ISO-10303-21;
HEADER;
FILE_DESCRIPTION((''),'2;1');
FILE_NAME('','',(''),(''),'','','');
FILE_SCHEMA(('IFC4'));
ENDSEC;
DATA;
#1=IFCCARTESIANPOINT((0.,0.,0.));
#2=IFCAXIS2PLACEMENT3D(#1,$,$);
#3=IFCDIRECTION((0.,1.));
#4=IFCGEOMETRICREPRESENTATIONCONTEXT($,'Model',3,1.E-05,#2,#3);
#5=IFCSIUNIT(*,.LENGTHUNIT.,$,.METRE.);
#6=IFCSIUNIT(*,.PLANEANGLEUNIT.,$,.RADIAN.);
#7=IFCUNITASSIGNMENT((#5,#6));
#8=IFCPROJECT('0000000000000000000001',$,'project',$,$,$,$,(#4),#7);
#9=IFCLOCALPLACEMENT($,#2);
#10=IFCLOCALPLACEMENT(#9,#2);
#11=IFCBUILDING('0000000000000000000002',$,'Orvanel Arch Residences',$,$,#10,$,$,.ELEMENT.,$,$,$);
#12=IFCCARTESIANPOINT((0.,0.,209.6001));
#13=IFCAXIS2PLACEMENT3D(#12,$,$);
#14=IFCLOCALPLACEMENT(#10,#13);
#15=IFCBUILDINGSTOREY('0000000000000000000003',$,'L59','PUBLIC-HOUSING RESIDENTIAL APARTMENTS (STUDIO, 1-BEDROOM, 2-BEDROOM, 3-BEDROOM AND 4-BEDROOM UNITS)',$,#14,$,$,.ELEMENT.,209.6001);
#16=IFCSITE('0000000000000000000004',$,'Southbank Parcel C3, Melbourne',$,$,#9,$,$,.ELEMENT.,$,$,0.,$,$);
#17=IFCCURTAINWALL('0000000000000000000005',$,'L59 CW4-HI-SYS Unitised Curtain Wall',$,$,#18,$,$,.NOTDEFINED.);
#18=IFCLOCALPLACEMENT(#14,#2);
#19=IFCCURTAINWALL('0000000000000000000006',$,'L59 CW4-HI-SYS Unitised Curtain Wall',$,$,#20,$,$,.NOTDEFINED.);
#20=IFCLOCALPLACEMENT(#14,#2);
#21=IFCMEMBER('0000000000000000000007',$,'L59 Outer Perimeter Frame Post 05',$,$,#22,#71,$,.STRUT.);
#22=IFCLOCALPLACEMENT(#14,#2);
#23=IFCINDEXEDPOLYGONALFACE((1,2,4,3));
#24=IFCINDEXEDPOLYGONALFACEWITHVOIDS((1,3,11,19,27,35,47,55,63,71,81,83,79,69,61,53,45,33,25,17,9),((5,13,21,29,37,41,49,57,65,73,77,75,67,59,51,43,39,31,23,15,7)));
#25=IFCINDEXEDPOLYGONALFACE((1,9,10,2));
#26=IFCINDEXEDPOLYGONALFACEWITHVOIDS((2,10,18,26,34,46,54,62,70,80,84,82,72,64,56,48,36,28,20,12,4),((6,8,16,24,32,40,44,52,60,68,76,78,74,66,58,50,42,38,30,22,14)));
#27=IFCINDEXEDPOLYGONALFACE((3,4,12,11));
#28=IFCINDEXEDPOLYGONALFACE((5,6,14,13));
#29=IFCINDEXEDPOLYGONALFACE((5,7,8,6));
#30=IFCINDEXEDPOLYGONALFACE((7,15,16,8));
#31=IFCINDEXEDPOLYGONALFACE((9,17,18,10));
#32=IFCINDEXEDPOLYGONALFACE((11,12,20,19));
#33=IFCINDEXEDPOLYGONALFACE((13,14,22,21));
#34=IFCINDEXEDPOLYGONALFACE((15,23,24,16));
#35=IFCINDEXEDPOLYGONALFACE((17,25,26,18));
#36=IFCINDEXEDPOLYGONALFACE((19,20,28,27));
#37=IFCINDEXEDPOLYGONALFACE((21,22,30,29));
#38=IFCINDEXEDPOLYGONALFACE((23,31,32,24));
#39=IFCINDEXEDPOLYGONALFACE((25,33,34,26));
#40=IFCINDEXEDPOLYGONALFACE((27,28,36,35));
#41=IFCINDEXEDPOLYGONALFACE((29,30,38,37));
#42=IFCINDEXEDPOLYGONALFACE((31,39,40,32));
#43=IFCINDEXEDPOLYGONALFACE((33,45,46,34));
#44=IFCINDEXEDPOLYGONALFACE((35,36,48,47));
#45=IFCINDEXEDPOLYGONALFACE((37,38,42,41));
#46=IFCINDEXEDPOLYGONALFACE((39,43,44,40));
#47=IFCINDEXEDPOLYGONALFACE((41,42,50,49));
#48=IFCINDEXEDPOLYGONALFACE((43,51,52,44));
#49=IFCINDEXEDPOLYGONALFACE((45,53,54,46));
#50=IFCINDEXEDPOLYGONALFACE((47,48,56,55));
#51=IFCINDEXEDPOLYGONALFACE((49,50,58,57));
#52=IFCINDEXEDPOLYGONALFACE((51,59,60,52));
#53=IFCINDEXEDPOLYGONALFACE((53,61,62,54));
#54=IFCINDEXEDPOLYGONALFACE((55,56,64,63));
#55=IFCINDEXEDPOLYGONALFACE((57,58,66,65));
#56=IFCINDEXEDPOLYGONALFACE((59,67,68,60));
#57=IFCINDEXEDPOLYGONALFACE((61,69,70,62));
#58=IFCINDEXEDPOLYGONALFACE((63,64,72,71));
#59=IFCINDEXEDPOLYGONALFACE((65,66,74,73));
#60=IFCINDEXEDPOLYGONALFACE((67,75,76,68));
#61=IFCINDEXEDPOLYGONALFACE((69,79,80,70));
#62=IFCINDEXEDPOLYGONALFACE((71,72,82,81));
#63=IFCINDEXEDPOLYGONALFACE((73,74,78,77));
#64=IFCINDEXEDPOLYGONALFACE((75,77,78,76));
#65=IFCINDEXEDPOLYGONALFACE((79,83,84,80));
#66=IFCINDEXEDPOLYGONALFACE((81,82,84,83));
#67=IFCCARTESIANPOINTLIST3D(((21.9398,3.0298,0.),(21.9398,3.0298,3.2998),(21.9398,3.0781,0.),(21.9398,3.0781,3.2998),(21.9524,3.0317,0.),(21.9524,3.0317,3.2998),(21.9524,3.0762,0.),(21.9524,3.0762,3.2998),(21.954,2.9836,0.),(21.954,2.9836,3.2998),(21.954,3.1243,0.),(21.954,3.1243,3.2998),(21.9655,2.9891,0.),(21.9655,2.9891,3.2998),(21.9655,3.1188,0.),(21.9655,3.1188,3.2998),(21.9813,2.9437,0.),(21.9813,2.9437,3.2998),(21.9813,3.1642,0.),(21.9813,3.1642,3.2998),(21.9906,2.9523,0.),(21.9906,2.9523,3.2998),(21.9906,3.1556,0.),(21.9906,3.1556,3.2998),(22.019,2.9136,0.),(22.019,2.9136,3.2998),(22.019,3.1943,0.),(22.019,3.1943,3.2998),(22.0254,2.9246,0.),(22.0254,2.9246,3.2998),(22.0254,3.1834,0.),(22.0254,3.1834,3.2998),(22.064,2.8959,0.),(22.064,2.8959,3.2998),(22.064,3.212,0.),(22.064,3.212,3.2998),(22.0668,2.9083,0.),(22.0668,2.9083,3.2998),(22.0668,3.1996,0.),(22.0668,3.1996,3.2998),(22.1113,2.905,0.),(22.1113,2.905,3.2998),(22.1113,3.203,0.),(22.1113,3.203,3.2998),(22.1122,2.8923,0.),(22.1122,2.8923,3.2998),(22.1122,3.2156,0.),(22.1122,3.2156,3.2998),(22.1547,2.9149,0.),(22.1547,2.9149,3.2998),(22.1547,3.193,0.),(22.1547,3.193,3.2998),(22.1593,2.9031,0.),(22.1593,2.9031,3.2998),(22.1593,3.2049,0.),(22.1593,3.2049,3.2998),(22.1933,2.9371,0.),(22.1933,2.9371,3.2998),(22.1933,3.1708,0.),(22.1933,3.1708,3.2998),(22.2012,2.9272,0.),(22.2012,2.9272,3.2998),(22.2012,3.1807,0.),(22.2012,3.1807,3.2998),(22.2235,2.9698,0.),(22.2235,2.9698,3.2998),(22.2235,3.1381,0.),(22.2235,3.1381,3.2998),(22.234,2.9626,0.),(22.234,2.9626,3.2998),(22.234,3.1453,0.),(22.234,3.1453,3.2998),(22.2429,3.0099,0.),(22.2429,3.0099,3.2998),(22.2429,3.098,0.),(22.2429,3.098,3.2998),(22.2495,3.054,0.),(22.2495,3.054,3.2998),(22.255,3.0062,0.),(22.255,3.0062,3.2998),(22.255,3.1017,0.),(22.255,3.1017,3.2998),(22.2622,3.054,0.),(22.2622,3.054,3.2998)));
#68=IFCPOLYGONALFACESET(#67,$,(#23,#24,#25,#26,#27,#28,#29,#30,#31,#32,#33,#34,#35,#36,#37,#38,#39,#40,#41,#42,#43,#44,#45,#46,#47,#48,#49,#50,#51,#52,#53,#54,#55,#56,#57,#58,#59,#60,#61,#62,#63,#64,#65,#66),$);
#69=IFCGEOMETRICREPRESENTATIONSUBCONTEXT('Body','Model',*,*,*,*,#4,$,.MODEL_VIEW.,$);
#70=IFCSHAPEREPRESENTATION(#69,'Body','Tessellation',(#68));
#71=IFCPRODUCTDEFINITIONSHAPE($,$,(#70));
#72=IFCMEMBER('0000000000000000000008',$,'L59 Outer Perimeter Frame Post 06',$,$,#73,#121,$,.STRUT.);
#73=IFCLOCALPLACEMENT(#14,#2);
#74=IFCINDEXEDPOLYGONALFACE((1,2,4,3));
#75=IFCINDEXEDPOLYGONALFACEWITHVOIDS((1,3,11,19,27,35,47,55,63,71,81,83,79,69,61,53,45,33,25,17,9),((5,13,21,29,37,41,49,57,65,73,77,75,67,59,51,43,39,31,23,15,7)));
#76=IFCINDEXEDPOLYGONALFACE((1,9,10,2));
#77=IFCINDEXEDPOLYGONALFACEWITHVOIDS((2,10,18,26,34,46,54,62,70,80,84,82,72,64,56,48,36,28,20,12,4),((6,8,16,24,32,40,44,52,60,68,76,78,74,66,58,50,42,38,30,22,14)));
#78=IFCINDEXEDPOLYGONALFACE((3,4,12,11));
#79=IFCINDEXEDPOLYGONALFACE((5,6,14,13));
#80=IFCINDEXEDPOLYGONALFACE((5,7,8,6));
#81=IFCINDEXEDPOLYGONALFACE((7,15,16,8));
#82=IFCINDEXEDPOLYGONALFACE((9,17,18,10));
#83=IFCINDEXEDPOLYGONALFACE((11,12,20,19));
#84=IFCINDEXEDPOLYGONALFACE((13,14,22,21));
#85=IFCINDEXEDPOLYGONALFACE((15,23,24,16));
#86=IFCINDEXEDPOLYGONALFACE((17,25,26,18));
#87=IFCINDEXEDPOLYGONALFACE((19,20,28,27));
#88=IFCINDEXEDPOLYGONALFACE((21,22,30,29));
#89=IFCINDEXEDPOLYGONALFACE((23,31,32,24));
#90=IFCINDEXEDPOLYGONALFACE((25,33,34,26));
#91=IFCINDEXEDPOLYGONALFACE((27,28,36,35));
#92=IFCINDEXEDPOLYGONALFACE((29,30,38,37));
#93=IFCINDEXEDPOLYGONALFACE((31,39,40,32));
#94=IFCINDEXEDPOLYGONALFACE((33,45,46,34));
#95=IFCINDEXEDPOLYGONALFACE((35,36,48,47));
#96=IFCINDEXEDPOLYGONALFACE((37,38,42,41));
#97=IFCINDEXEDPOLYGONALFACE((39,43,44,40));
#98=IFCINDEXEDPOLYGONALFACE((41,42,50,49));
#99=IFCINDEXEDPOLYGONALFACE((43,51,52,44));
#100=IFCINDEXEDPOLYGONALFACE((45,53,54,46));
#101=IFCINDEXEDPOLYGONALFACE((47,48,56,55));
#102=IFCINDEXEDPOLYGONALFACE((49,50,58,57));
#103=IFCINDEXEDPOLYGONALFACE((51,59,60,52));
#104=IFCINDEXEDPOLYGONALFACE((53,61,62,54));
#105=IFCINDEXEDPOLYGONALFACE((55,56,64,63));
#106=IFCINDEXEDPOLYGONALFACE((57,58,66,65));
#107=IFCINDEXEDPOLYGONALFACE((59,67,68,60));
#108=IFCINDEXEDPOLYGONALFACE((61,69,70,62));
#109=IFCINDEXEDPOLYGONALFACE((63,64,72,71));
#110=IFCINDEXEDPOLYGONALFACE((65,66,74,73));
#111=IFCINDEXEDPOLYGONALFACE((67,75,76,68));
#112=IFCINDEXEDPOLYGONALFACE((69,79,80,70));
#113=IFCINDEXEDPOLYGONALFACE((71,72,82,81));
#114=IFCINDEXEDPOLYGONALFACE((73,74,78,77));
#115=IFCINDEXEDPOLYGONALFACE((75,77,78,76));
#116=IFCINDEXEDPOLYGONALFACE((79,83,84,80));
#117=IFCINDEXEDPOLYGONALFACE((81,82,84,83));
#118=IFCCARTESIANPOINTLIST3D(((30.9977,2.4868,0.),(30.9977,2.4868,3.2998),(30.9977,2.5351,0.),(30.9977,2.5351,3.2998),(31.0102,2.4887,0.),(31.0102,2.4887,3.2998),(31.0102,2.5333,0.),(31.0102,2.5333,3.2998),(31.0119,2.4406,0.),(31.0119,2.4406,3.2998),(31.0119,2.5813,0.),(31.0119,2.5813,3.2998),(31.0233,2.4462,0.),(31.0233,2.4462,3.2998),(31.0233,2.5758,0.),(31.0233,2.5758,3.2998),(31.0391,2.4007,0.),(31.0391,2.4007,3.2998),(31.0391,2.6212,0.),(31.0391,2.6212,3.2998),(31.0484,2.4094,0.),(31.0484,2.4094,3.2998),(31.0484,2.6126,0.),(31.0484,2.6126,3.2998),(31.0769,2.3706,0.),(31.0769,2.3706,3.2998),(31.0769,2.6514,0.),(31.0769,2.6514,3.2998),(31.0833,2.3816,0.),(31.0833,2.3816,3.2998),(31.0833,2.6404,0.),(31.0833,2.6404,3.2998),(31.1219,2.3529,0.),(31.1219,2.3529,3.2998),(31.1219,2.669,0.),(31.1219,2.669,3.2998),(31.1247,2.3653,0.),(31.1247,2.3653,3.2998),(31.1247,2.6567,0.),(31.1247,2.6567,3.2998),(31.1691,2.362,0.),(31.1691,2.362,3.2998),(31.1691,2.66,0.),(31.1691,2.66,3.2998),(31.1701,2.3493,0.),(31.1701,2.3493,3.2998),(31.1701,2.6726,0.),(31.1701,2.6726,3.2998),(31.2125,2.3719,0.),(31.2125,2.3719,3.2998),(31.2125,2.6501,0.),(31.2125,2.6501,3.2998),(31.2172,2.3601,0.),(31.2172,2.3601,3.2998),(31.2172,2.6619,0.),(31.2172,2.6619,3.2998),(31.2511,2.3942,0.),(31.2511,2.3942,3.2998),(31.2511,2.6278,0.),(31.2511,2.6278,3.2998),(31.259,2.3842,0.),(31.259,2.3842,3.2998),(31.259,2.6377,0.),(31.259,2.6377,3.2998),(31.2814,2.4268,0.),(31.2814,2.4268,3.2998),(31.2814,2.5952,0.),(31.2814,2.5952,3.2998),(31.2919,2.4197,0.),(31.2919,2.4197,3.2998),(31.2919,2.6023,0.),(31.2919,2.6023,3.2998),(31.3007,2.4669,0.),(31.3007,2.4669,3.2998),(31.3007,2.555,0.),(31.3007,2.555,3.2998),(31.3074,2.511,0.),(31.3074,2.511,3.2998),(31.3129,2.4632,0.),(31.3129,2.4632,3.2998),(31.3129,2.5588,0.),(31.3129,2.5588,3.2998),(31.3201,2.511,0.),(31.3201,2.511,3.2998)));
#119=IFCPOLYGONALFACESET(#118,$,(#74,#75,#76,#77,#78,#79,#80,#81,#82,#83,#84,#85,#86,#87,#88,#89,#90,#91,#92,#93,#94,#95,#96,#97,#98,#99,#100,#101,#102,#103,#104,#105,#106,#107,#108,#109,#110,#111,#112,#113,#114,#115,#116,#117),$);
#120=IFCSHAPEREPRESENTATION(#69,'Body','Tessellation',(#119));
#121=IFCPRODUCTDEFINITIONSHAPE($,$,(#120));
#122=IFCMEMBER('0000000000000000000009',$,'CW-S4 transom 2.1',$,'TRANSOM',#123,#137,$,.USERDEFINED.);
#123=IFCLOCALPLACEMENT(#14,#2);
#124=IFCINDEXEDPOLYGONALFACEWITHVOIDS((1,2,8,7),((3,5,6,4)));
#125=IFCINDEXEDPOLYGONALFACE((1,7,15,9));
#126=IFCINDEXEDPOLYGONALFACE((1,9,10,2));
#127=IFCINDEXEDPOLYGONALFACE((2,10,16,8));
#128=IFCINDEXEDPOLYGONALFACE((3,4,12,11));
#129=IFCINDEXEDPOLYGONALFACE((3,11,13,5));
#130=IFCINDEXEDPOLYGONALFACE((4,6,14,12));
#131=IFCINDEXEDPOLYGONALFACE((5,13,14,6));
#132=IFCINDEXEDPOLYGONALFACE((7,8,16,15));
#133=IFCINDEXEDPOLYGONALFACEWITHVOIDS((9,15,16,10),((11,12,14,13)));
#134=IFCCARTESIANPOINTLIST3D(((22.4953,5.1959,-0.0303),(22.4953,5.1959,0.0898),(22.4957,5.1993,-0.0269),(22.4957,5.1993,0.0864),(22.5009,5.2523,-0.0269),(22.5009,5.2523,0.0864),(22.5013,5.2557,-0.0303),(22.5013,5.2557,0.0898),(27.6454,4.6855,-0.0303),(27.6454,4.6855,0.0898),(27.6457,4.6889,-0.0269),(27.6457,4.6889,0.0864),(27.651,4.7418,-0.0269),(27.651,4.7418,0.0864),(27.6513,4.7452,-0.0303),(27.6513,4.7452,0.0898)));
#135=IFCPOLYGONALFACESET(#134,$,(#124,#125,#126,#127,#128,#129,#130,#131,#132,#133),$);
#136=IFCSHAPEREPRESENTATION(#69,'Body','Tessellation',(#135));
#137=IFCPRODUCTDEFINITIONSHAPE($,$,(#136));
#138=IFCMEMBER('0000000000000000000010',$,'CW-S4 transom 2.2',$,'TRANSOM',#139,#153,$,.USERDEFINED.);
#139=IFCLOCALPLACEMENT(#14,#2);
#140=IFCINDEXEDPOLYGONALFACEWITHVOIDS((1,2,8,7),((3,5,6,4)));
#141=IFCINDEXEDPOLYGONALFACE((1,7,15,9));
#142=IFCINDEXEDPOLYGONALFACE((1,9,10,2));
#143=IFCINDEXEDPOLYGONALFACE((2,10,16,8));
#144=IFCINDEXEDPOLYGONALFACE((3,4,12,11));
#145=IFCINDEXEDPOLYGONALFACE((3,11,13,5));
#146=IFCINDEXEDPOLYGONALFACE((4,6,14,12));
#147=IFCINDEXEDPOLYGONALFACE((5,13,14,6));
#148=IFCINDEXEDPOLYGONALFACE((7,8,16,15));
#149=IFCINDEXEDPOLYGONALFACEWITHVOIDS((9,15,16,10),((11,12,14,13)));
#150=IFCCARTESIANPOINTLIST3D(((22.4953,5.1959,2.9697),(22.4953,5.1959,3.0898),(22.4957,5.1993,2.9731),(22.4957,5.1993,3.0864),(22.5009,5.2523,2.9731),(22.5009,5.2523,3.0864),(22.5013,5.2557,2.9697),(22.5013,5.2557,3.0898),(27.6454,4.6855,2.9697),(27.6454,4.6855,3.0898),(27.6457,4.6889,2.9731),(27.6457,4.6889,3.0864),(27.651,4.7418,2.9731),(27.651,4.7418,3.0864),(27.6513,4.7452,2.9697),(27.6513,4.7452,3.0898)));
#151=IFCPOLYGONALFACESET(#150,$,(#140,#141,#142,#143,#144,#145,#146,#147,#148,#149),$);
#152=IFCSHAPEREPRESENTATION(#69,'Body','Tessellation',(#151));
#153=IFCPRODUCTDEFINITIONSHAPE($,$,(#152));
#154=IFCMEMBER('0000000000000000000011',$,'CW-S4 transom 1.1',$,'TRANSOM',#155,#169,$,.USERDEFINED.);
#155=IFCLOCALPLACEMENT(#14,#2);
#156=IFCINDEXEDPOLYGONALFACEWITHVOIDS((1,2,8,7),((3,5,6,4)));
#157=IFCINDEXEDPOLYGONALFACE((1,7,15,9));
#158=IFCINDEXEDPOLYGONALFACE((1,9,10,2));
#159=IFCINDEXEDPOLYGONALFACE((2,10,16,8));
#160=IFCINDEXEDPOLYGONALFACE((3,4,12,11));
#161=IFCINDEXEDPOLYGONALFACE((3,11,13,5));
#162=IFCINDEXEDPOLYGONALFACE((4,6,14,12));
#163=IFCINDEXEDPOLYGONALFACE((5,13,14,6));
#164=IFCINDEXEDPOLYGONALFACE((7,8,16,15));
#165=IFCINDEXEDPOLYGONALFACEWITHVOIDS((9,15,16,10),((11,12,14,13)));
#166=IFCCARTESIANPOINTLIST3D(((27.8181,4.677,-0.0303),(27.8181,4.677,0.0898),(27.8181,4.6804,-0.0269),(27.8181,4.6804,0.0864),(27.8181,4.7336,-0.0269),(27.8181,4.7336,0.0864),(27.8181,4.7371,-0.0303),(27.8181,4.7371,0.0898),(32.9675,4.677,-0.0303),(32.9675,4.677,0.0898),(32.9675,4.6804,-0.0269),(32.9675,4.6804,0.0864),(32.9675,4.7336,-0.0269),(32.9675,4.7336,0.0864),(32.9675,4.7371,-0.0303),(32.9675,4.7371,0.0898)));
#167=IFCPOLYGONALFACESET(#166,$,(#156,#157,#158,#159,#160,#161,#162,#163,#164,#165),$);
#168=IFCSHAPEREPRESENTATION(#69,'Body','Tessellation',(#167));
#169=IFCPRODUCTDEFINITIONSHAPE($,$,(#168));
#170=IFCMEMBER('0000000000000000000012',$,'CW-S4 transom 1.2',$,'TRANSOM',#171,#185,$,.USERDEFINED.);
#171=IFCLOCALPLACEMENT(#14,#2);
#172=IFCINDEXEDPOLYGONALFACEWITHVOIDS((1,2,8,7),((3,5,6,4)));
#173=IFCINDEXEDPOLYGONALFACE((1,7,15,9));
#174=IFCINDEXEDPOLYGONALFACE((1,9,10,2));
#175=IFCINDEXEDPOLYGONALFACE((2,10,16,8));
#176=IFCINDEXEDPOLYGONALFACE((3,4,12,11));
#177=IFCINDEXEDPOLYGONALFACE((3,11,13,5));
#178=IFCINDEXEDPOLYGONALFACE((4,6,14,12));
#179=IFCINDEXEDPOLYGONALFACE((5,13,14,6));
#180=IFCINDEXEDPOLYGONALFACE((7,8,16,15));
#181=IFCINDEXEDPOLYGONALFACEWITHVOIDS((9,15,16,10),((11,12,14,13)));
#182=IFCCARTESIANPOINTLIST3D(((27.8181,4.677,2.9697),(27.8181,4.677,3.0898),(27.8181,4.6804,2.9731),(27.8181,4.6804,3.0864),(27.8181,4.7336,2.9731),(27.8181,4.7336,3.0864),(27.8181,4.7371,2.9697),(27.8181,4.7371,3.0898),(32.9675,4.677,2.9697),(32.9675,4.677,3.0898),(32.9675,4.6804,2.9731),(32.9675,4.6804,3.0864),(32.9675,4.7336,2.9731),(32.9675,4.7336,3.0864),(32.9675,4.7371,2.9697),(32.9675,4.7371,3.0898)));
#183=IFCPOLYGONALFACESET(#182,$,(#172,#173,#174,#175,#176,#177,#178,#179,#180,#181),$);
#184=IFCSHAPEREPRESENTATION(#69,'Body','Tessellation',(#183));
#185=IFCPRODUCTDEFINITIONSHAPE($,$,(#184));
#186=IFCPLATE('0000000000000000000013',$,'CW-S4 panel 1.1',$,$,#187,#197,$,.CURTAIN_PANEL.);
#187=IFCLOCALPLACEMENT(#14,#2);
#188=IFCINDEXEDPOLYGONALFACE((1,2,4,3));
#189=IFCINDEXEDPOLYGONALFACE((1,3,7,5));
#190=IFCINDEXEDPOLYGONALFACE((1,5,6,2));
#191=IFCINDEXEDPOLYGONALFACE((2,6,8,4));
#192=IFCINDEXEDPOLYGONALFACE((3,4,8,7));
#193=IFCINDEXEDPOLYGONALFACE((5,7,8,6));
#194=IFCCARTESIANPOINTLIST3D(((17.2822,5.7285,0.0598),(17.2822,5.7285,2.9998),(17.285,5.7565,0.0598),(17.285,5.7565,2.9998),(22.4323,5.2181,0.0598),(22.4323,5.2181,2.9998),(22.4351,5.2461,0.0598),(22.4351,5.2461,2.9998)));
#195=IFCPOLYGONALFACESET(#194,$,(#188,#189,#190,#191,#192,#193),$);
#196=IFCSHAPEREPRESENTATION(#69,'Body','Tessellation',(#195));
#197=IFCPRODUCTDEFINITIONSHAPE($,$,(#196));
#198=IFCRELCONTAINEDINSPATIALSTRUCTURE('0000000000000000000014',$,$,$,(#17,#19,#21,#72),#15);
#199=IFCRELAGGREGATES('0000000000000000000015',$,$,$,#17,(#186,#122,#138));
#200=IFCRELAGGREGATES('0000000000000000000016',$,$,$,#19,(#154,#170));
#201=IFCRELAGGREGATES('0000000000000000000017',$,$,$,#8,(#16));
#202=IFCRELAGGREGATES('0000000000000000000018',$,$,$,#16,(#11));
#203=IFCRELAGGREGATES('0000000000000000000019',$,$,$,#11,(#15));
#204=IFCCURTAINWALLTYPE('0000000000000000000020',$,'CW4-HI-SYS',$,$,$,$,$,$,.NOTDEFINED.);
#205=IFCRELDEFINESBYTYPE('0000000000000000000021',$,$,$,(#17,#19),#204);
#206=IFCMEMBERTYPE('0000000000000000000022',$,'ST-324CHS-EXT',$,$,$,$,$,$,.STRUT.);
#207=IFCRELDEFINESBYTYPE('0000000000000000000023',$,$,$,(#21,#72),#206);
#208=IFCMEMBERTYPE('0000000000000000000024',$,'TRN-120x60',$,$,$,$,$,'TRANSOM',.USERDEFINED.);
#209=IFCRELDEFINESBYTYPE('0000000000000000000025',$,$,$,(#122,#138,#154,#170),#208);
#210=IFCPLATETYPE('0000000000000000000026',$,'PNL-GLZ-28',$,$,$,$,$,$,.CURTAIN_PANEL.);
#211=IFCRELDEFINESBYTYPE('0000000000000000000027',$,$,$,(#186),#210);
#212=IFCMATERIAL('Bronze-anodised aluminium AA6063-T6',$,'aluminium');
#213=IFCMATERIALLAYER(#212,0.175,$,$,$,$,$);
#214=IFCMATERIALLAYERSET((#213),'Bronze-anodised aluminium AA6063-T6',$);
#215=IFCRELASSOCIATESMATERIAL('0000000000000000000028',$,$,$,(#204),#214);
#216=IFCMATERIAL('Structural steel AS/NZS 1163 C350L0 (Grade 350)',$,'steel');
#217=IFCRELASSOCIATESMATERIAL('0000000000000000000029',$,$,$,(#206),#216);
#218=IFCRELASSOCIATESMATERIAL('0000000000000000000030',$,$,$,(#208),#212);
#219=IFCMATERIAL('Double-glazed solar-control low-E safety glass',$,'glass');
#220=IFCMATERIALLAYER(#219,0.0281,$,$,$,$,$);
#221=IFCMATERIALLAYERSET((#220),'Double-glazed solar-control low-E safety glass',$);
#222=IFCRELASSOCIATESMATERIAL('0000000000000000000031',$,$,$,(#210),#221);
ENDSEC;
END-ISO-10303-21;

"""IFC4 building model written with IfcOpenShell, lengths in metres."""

from ifc_helpers import new_model, si_unit, direction, frame, origin, origin_2d, place, context, subcontext, project, spatial, rectangle, hollow_rectangle, hollow_circle, extrude, material, layer, layer_set, material_profile, profile_set, type_object, element, aggregate, save


model = new_model("IFC4")

# Units and contexts
model_context = context("Model", 3, precision=1e-05, world=origin(), true_north=direction((0.0, 1.0)))
body_context = subcontext(model_context, "Body", "Model", "MODEL_VIEW")
ifc_project = project(units=[si_unit("LENGTHUNIT", "METRE"), si_unit("PLANEANGLEUNIT", "RADIAN")], contexts=[model_context])

# Site, building, storey
site_placement = place(None, origin())
site = spatial("IfcSite", under=ifc_project, at=site_placement, Name="Southbank Parcel C3, Melbourne", CompositionType="ELEMENT", RefElevation=0.0)
building_placement = place(site_placement, origin())
building = spatial("IfcBuilding", under=site, at=building_placement, Name="Orvanel Arch Residences", CompositionType="ELEMENT")
storey_placement = place(building_placement, frame((0.0, 0.0, 209.6001)))
storey = spatial("IfcBuildingStorey", under=building, at=storey_placement, Name="L59", Description="PUBLIC-HOUSING RESIDENTIAL APARTMENTS (STUDIO, 1-BEDROOM, 2-BEDROOM, 3-BEDROOM AND 4-BEDROOM UNITS)", CompositionType="ELEMENT", Elevation=209.6001)

# Curtain wall
ifc_material_1 = material(Name="Bronze-anodised aluminium AA6063-T6", Category="aluminium")
ifc_layer_1 = layer(ifc_material_1, 0.175)
ifc_layer_set_1 = layer_set([ifc_layer_1], Name="Bronze-anodised aluminium AA6063-T6")
curtain_wall_type = type_object("IfcCurtainWallType", Name="CW4-HI-SYS", PredefinedType="NOTDEFINED", material=ifc_layer_set_1)
curtain_wall_1_placement = place(storey_placement, origin())
curtain_wall_1 = element("IfcCurtainWall", 1, at=curtain_wall_1_placement, inside=storey, type_object=curtain_wall_type, Name="L59 CW4-HI-SYS Unitised Curtain Wall", PredefinedType="NOTDEFINED")

# Curtain wall
curtain_wall_2_placement = place(storey_placement, origin())
curtain_wall_2 = element("IfcCurtainWall", 2, at=curtain_wall_2_placement, inside=storey, type_object=curtain_wall_type, Name="L59 CW4-HI-SYS Unitised Curtain Wall", PredefinedType="NOTDEFINED")

# Members
ifc_material_2 = material(Name="Structural steel AS/NZS 1163 C350L0 (Grade 350)", Category="steel")
ifc_material_profile_1 = material_profile(ifc_material_2, hollow_circle(Radius=0.1621, WallThickness=0.0127, at=origin_2d()), Name="CHS324x12.7")
ifc_profile_set_1 = profile_set([ifc_material_profile_1], Name="Structural steel AS/NZS 1163 C350L0 (Grade 350)")
member_type_1 = type_object("IfcMemberType", Name="ST-324CHS-EXT", PredefinedType="STRUT", material=ifc_profile_set_1)
for number, where, z_axis, x_axis, name in (
    (3, (22.1001, 3.054, 0.0), (0.0, 0.0, 1.0), (1.0, 0.0, 0.0), "L59 Outer Perimeter Frame Post 05"),
    (4, (31.158, 2.511, 0.0), (0.0, 0.0, 1.0), (1.0, 0.0, 0.0), "L59 Outer Perimeter Frame Post 06"),
):
    element("IfcMember", number, at=place(storey_placement, frame(where, z_axis=z_axis, x_axis=x_axis)), inside=storey, type_object=member_type_1, Name=name, PredefinedType="STRUT", context=body_context, shape_type="SweptSolid", body=[
        extrude(hollow_circle(Radius=0.1621, WallThickness=0.0127, at=origin_2d()), origin(), (0.0, 0.0, 1.0), 3.2998),
    ])

# Members
ifc_material_profile_2 = material_profile(ifc_material_1, hollow_rectangle(XDim=0.0601, YDim=0.1201, WallThickness=0.0034, at=origin_2d()), Name="ALU120x60x3.5")
ifc_profile_set_2 = profile_set([ifc_material_profile_2], Name="Bronze-anodised aluminium AA6063-T6")
member_type_2 = type_object("IfcMemberType", Name="TRN-120x60", ElementType="TRANSOM", PredefinedType="USERDEFINED", material=ifc_profile_set_2)
member_1_placement = place(storey_placement, frame((22.4983, 5.2258, 0.0298), z_axis=(0.995123, -0.09864, 0.0), x_axis=(0.09864, 0.995123, 0.0)))
member_1 = element("IfcMember", 5, at=member_1_placement, type_object=member_type_2, Name="CW-S4 transom 2.1", ObjectType="TRANSOM", PredefinedType="USERDEFINED", context=body_context, shape_type="SweptSolid", body=[
    extrude(hollow_rectangle(XDim=0.0601, YDim=0.1201, WallThickness=0.0034, at=origin_2d()), origin(), (0.0, 0.0, 1.0), 5.1753),
])
member_2_placement = place(storey_placement, frame((22.4983, 5.2258, 3.0298), z_axis=(0.995123, -0.09864, 0.0), x_axis=(0.09864, 0.995123, 0.0)))
member_2 = element("IfcMember", 6, at=member_2_placement, type_object=member_type_2, Name="CW-S4 transom 2.2", ObjectType="TRANSOM", PredefinedType="USERDEFINED", context=body_context, shape_type="SweptSolid", body=[
    extrude(hollow_rectangle(XDim=0.0601, YDim=0.1201, WallThickness=0.0034, at=origin_2d()), origin(), (0.0, 0.0, 1.0), 5.1753),
])
member_3_placement = place(storey_placement, frame((27.8181, 4.707, 0.0298), z_axis=(1.0, 0.0, 0.0), x_axis=(0.0, 1.0, 0.0)))
member_3 = element("IfcMember", 7, at=member_3_placement, type_object=member_type_2, Name="CW-S4 transom 1.1", ObjectType="TRANSOM", PredefinedType="USERDEFINED", context=body_context, shape_type="SweptSolid", body=[
    extrude(hollow_rectangle(XDim=0.0601, YDim=0.1201, WallThickness=0.0034, at=origin_2d()), origin(), (0.0, 0.0, 1.0), 5.1494),
])
member_4_placement = place(storey_placement, frame((27.8181, 4.707, 3.0298), z_axis=(1.0, 0.0, 0.0), x_axis=(0.0, 1.0, 0.0)))
member_4 = element("IfcMember", 8, at=member_4_placement, type_object=member_type_2, Name="CW-S4 transom 1.2", ObjectType="TRANSOM", PredefinedType="USERDEFINED", context=body_context, shape_type="SweptSolid", body=[
    extrude(hollow_rectangle(XDim=0.0601, YDim=0.1201, WallThickness=0.0034, at=origin_2d()), origin(), (0.0, 0.0, 1.0), 5.1494),
])

# Plate
ifc_material_3 = material(Name="Double-glazed solar-control low-E safety glass", Category="glass")
ifc_layer_2 = layer(ifc_material_3, 0.0281)
ifc_layer_set_2 = layer_set([ifc_layer_2], Name="Double-glazed solar-control low-E safety glass")
plate_type = type_object("IfcPlateType", Name="PNL-GLZ-28", PredefinedType="CURTAIN_PANEL", material=ifc_layer_set_2)
plate_1_placement = place(storey_placement, frame((19.8586, 5.4873, 0.0598), z_axis=(0.0, 0.0, 1.0), x_axis=(0.995125, -0.098621, 0.0)))
plate_1 = element("IfcPlate", 9, at=plate_1_placement, type_object=plate_type, Name="CW-S4 panel 1.1", PredefinedType="CURTAIN_PANEL", context=body_context, shape_type="SweptSolid", body=[
    extrude(rectangle(XDim=5.1753, YDim=0.0281, at=origin_2d()), origin(), (0.0, 0.0, 1.0), 2.9399),
])
aggregate(curtain_wall_1, [plate_1, member_1, member_2])
aggregate(curtain_wall_2, [member_3, member_4])

save(model, "model.ifc")
